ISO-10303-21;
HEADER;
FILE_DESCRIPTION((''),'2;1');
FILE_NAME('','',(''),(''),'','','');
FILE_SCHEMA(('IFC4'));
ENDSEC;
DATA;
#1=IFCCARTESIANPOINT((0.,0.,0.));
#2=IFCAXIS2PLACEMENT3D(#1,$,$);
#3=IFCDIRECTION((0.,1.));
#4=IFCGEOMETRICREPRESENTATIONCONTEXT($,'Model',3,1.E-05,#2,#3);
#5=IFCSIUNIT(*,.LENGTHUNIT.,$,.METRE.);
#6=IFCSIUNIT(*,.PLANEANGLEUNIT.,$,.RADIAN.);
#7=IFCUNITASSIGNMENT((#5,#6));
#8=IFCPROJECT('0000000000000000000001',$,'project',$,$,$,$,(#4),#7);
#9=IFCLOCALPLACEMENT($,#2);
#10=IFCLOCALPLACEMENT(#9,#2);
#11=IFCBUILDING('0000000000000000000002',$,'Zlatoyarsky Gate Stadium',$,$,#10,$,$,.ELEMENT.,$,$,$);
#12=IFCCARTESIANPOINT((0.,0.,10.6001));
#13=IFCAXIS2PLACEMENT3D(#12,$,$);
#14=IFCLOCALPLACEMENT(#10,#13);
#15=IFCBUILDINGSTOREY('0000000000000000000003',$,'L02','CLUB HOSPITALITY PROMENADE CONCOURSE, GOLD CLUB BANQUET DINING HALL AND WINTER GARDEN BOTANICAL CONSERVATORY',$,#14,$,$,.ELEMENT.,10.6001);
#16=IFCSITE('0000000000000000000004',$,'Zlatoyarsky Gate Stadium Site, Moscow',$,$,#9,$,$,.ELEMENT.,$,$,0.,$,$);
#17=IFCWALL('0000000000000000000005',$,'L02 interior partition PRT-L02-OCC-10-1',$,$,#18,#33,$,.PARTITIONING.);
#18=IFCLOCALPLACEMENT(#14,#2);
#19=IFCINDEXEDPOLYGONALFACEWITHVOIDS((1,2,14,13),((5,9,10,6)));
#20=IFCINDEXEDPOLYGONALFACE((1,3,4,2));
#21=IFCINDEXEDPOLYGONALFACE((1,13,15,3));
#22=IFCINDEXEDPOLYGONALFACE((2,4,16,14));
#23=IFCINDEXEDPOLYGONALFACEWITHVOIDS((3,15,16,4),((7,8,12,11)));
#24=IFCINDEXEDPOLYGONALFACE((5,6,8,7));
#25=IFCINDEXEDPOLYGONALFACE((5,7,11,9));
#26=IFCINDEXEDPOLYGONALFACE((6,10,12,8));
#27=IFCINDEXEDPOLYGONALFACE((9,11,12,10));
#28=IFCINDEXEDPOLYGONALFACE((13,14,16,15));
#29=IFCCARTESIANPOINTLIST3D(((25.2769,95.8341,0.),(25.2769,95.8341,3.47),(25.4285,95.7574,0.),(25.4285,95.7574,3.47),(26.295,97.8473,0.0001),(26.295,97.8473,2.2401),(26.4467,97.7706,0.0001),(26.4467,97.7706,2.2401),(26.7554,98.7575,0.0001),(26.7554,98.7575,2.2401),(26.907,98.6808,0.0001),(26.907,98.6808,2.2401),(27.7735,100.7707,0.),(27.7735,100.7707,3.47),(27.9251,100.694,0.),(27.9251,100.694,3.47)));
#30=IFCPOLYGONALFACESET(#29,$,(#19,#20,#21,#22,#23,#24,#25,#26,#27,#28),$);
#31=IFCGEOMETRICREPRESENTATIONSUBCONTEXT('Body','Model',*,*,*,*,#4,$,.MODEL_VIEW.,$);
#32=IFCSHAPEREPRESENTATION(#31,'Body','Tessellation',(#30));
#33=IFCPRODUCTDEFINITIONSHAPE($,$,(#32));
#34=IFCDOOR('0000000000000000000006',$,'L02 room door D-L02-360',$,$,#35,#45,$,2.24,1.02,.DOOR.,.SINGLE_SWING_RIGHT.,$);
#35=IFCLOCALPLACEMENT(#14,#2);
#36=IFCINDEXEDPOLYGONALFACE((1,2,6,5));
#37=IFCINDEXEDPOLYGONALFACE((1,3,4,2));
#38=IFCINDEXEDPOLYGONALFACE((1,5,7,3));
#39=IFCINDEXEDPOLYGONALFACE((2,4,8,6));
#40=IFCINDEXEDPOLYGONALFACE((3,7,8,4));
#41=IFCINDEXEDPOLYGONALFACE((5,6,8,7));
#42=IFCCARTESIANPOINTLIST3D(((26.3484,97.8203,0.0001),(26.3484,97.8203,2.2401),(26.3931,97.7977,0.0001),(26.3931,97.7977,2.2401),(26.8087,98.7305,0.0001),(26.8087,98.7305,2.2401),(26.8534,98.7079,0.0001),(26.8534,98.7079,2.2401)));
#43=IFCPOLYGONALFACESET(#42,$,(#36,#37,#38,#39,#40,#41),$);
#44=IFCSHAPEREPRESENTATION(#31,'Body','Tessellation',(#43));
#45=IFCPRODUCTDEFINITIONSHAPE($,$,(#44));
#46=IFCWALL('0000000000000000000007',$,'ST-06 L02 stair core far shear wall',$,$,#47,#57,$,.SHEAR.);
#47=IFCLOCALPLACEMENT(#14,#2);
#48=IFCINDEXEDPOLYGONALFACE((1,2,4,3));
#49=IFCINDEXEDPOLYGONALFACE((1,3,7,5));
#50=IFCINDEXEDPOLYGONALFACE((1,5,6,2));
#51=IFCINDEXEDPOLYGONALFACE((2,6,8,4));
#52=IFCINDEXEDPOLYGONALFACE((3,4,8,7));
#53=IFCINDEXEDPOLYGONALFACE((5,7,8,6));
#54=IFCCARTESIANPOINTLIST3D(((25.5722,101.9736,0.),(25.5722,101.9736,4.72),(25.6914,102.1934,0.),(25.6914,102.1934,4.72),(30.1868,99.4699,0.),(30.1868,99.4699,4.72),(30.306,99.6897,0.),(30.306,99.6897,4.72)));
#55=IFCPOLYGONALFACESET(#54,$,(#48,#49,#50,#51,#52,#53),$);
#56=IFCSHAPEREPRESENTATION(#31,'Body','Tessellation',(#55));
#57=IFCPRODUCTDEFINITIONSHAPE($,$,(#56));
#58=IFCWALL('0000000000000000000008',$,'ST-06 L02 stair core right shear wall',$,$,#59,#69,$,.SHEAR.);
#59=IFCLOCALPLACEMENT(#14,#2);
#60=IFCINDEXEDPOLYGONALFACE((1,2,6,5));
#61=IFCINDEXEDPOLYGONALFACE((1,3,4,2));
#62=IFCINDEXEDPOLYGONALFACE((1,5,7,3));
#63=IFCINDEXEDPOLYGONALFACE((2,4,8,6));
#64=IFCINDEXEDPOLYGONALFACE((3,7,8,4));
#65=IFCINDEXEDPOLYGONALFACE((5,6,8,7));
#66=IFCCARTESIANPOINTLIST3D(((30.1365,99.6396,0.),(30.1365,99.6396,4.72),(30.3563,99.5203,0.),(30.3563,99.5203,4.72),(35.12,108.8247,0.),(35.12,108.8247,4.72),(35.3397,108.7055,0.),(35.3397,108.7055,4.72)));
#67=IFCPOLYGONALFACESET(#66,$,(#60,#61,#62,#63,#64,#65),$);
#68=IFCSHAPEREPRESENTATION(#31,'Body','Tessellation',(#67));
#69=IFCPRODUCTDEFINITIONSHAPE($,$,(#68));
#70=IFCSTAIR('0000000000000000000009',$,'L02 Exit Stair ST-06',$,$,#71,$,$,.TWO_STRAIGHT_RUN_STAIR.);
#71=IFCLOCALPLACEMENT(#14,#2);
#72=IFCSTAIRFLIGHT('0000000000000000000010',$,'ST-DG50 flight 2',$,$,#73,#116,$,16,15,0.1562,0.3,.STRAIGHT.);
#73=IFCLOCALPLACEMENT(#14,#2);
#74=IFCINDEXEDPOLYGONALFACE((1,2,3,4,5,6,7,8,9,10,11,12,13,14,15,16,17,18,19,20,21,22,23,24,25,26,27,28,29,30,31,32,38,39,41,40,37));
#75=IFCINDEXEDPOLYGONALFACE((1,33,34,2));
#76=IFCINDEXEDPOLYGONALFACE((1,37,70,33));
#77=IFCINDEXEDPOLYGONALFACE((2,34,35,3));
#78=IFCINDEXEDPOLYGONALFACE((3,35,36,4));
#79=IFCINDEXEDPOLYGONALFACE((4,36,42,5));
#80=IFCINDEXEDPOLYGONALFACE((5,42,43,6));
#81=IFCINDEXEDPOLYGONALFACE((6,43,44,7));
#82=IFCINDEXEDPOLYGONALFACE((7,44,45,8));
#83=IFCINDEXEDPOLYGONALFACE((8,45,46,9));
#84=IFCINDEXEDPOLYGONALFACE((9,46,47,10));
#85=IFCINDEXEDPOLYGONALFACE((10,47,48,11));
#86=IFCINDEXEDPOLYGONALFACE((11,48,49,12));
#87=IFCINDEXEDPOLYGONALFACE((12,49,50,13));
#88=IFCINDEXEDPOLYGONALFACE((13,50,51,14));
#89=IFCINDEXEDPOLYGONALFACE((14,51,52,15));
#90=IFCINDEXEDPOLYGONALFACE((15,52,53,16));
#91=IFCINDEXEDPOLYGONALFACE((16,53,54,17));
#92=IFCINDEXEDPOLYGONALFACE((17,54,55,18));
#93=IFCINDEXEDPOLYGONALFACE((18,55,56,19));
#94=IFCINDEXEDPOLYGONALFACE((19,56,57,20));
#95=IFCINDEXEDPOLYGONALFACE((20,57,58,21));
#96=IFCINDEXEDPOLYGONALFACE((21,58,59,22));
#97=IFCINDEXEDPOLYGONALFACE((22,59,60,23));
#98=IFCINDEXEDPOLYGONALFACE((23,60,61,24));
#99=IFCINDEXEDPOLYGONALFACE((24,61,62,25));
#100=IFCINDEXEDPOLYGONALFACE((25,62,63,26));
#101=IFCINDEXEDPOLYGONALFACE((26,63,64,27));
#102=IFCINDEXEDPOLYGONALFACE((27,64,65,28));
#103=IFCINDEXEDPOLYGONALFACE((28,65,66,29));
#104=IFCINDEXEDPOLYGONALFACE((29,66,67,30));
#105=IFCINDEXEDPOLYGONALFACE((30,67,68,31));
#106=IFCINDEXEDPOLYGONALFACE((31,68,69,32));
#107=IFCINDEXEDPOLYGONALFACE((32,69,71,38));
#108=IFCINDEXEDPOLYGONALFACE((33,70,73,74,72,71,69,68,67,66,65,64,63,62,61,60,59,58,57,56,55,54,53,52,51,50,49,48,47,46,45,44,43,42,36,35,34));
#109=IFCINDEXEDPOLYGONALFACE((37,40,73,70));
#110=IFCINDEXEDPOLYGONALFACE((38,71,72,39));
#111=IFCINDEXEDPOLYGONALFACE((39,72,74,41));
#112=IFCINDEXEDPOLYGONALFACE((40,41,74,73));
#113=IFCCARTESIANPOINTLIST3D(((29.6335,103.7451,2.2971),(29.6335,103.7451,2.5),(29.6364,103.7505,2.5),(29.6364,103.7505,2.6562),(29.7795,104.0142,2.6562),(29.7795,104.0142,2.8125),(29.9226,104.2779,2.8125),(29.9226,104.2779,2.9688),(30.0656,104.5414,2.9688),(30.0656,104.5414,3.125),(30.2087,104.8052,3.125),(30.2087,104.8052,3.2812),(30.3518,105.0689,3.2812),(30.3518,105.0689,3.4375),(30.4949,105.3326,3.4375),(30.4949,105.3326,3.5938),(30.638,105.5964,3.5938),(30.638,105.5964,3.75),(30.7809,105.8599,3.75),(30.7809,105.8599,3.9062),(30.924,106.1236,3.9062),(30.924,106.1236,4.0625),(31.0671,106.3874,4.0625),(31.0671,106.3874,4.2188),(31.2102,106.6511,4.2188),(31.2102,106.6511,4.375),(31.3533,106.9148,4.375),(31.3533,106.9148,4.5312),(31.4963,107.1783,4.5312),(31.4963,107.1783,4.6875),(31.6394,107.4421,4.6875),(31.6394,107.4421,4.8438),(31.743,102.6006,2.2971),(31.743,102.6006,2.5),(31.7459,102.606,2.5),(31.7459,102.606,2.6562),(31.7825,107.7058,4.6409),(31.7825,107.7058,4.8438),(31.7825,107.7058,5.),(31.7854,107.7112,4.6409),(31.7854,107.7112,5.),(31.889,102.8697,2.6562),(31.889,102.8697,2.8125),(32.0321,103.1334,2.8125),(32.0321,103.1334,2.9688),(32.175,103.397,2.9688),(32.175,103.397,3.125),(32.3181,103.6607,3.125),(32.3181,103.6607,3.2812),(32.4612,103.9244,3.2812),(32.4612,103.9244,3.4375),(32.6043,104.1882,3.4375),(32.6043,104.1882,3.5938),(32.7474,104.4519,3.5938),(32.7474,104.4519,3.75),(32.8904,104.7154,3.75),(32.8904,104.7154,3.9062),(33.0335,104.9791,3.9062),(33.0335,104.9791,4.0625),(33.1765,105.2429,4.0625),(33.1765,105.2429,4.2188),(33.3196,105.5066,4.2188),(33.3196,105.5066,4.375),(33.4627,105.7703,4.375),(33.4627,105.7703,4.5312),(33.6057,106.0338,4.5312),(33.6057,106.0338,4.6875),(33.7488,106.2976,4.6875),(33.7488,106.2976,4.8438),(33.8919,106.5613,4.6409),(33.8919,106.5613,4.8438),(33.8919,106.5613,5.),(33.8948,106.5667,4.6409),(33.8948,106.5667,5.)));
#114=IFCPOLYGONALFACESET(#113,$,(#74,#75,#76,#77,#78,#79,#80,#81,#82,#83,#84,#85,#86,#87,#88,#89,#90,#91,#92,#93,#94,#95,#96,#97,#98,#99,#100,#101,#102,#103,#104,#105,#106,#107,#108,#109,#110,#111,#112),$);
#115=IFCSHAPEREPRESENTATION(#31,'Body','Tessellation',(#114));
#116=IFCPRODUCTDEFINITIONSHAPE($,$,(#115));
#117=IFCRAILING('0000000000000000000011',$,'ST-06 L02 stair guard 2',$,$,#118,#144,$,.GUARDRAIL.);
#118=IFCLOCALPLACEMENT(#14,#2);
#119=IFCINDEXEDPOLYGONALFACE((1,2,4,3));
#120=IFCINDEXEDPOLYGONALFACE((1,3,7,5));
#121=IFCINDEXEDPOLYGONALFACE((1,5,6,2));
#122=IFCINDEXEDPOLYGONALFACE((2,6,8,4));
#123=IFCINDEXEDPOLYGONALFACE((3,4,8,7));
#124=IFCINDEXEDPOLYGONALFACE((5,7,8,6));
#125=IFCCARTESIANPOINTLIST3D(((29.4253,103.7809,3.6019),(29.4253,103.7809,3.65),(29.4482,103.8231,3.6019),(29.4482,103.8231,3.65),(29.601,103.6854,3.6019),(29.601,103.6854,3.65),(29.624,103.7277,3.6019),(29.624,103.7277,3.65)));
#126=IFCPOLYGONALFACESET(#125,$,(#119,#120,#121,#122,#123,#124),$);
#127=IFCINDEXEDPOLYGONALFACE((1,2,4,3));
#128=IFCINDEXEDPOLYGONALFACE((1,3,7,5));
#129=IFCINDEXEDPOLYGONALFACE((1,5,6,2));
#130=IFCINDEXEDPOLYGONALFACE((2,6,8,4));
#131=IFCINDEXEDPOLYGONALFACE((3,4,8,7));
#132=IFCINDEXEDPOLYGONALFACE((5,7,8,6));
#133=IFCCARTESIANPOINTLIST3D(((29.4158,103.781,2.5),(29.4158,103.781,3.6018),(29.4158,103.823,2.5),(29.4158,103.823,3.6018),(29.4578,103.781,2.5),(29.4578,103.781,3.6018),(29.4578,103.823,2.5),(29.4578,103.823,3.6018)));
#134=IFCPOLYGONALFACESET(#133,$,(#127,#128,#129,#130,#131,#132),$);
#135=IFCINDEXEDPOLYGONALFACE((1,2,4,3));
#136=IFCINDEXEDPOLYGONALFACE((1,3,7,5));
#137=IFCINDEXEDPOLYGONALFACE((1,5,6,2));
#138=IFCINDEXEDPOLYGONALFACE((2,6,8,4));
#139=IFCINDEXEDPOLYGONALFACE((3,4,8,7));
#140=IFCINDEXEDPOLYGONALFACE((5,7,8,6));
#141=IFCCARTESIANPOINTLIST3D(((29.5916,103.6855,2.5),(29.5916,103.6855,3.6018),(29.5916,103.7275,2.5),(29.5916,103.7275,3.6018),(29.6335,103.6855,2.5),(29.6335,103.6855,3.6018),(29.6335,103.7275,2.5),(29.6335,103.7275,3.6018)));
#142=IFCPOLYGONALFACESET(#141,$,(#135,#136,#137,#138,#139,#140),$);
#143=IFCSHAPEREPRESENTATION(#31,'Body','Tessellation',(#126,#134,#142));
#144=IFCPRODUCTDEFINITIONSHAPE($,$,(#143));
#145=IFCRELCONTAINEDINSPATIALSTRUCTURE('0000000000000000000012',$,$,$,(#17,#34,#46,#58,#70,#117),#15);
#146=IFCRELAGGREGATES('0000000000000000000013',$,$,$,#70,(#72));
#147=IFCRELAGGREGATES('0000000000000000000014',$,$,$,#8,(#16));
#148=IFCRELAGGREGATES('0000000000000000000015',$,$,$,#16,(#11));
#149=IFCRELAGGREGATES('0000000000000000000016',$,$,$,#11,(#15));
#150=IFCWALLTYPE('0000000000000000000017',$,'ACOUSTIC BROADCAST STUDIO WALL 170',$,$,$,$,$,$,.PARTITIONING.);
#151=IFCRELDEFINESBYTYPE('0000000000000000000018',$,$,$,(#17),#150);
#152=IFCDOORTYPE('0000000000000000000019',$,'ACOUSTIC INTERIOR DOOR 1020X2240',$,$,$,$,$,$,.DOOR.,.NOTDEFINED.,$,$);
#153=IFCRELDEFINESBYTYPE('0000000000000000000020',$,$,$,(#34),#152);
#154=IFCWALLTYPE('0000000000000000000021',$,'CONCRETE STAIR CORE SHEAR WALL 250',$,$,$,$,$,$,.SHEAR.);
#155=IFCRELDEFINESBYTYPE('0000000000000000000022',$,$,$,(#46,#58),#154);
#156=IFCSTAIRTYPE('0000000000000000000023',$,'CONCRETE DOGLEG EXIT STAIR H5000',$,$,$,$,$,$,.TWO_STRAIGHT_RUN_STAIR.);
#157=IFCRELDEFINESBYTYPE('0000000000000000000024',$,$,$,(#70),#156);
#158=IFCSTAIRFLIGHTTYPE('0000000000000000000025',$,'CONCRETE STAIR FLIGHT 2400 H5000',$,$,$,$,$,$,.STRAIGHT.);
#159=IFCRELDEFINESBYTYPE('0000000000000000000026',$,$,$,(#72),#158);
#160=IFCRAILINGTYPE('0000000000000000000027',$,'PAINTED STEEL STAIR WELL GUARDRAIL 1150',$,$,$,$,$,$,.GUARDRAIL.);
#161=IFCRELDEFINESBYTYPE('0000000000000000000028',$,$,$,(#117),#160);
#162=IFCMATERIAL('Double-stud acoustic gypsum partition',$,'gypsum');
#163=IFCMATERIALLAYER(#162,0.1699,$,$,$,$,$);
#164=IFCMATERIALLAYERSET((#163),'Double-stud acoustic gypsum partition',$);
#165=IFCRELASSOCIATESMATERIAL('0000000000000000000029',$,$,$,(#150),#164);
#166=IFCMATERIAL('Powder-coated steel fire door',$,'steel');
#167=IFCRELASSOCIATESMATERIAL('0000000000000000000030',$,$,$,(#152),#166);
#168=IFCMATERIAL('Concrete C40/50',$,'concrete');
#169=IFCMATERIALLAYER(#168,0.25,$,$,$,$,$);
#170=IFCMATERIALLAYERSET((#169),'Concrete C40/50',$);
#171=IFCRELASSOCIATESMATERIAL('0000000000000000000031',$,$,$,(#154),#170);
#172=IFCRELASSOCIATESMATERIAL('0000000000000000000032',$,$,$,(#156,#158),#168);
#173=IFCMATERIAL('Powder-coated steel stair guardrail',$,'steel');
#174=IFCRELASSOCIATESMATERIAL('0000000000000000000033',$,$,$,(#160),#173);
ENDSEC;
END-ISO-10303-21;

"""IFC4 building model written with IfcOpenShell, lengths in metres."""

from ifc_helpers import new_model, si_unit, direction, frame, frame_2d, origin, origin_2d, place, context, subcontext, project, spatial, polyline, rectangle, outline, extrude, material, layer, layer_set, type_object, element, fill, aggregate, save


model = new_model("IFC4")

# Units and contexts
model_context = context("Model", 3, precision=1e-05, world=origin(), true_north=direction((0.0, 1.0)))
body_context = subcontext(model_context, "Body", "Model", "MODEL_VIEW")
ifc_project = project(units=[si_unit("LENGTHUNIT", "METRE"), si_unit("PLANEANGLEUNIT", "RADIAN")], contexts=[model_context])

# Site, building, storey
site_placement = place(None, origin())
site = spatial("IfcSite", under=ifc_project, at=site_placement, Name="Zlatoyarsky Gate Stadium Site, Moscow", CompositionType="ELEMENT", RefElevation=0.0)
building_placement = place(site_placement, origin())
building = spatial("IfcBuilding", under=site, at=building_placement, Name="Zlatoyarsky Gate Stadium", CompositionType="ELEMENT")
storey_placement = place(building_placement, frame((0.0, 0.0, 10.6001)))
storey = spatial("IfcBuildingStorey", under=building, at=storey_placement, Name="L02", Description="CLUB HOSPITALITY PROMENADE CONCOURSE, GOLD CLUB BANQUET DINING HALL AND WINTER GARDEN BOTANICAL CONSERVATORY", CompositionType="ELEMENT", Elevation=10.6001)

# Wall, opening, door
ifc_material_1 = material(Name="Double-stud acoustic gypsum partition", Category="gypsum")
ifc_layer_1 = layer(ifc_material_1, 0.1699)
ifc_layer_set_1 = layer_set([ifc_layer_1], Name="Double-stud acoustic gypsum partition")
wall_type_1 = type_object("IfcWallType", Name="ACOUSTIC BROADCAST STUDIO WALL 170", PredefinedType="PARTITIONING", material=ifc_layer_set_1)
wall_1_placement = place(storey_placement, frame((27.8494, 100.7324, 0.0), z_axis=(0.0, 0.0, 1.0), x_axis=(-0.451304, -0.89237, 0.0)))
wall_1 = element("IfcWall", 1, at=wall_1_placement, inside=storey, type_object=wall_type_1, Name="L02 interior partition PRT-L02-OCC-10-1", PredefinedType="PARTITIONING", context=body_context, shape_type="SweptSolid", body=[
    extrude(rectangle(XDim=5.532, YDim=0.1699, at=frame_2d((2.7661, 0.0))), origin(), (0.0, 0.0, 1.0), 3.47),
])
opening_placement = place(wall_1_placement, frame((2.2561, 0.0, 0.0)))
opening = element("IfcOpeningElement", 2, at=opening_placement, cuts=wall_1, PredefinedType="OPENING", context=body_context, shape_type="SweptSolid", body=[
    extrude(rectangle(XDim=1.02, YDim=2.24, at=frame_2d((0.51, 1.1201))), frame((0.0, 0.095, 0.0), z_axis=(0.0, -1.0, 0.0), x_axis=(1.0, 0.0, 0.0)), (0.0, 0.0, 1.0), 0.1899),
])
ifc_material_2 = material(Name="Powder-coated steel fire door", Category="steel")
door_type = type_object("IfcDoorType", Name="ACOUSTIC INTERIOR DOOR 1020X2240", OperationType="NOTDEFINED", PredefinedType="DOOR", material=ifc_material_2)
door_placement = place(opening_placement, origin())
door = element("IfcDoor", 3, at=door_placement, inside=storey, type_object=door_type, Name="L02 room door D-L02-360", OperationType="SINGLE_SWING_RIGHT", OverallHeight=2.24, OverallWidth=1.02, PredefinedType="DOOR", context=body_context, shape_type="SweptSolid", body=[
    extrude(rectangle(XDim=1.02, YDim=2.24, at=frame_2d((0.51, 1.1201))), frame((0.0, 0.0249, 0.0), z_axis=(0.0, -1.0, 0.0), x_axis=(1.0, 0.0, 0.0)), (0.0, 0.0, 1.0), 0.05),
])
fill(opening, door)

# Walls
ifc_material_3 = material(Name="Concrete C40/50", Category="concrete")
ifc_layer_2 = layer(ifc_material_3, 0.25)
ifc_layer_set_2 = layer_set([ifc_layer_2], Name="Concrete C40/50")
wall_type_2 = type_object("IfcWallType", Name="CONCRETE STAIR CORE SHEAR WALL 250", PredefinedType="SHEAR", material=ifc_layer_set_2)
wall_2_placement = place(storey_placement, frame((25.6318, 102.0835, 0.0), z_axis=(0.0, 0.0, 1.0), x_axis=(0.878961, -0.476893, 0.0)))
element("IfcWall", 4, at=wall_2_placement, inside=storey, type_object=wall_type_2, Name="ST-06 L02 stair core far shear wall", PredefinedType="SHEAR", context=body_context, shape_type="SweptSolid", body=[
    extrude(rectangle(XDim=5.25, YDim=0.25, at=frame_2d((2.625, 0.0))), origin(), (0.0, 0.0, 1.0), 4.72),
])
wall_3_placement = place(storey_placement, frame((30.2463, 99.5798, 0.0), z_axis=(0.0, 0.0, 1.0), x_axis=(0.476887, 0.878965, 0.0)))
element("IfcWall", 5, at=wall_3_placement, inside=storey, type_object=wall_type_2, Name="ST-06 L02 stair core right shear wall", PredefinedType="SHEAR", context=body_context, shape_type="SweptSolid", body=[
    extrude(rectangle(XDim=10.45, YDim=0.25, at=frame_2d((5.2251, 0.0))), origin(), (0.0, 0.0, 1.0), 4.72),
])

# Stair, stair flight
stair_type = type_object("IfcStairType", Name="CONCRETE DOGLEG EXIT STAIR H5000", PredefinedType="TWO_STRAIGHT_RUN_STAIR", material=ifc_material_3)
stair_placement = place(storey_placement, origin())
stair = element("IfcStair", 6, at=stair_placement, inside=storey, type_object=stair_type, Name="L02 Exit Stair ST-06", PredefinedType="TWO_STRAIGHT_RUN_STAIR")
stair_flight_type = type_object("IfcStairFlightType", Name="CONCRETE STAIR FLIGHT 2400 H5000", PredefinedType="STRAIGHT", material=ifc_material_3)
stair_flight_placement = place(storey_placement, frame((30.6912, 103.1782, 2.5), z_axis=(0.0, 0.0, 1.0), x_axis=(0.47689, 0.878963, 0.0)))
stair_flight = element("IfcStairFlight", 7, at=stair_flight_placement, type_object=stair_flight_type, Name="ST-DG50 flight 2", NumberOfRisers=16, NumberOfTreads=15, PredefinedType="STRAIGHT", RiserHeight=0.1562, TreadLength=0.3, context=body_context, shape_type="SweptSolid", body=[
    extrude(outline(polyline([(-0.0061, -0.2029), (-0.0061, 0.0), (0.0, 0.0), (0.0, 0.1562), (0.3, 0.1562), (0.3, 0.3125), (0.6001, 0.3125), (0.6001, 0.4688), (0.8999, 0.4688), (0.8999, 0.625), (1.2, 0.625), (1.2, 0.7812), (1.5, 0.7812), (1.5, 0.9375), (1.8, 0.9375), (1.8, 1.0938), (2.1001, 1.0938), (2.1001, 1.25), (2.3999, 1.25), (2.3999, 1.4062), (2.7, 1.4062), (2.7, 1.5625), (3.0, 1.5625), (3.0, 1.7188), (3.3, 1.7188), (3.3, 1.875), (3.6001, 1.875), (3.6001, 2.0312), (3.8999, 2.0312), (3.8999, 2.1875), (4.2, 2.1875), (4.2, 2.3438), (4.5, 2.3438), (4.5, 2.5), (4.5061, 2.5), (4.5061, 2.1409), (4.5, 2.1409), (-0.0061, -0.2029)])), frame((0.0, 1.2, 0.0), z_axis=(0.0, -1.0, 0.0), x_axis=(1.0, 0.0, 0.0)), (0.0, 0.0, 1.0), 2.3999),
])
aggregate(stair, [stair_flight])

# Railing
ifc_material_4 = material(Name="Powder-coated steel stair guardrail", Category="steel")
railing_type_1 = type_object("IfcRailingType", Name="PAINTED STEEL STAIR WELL GUARDRAIL 1150", PredefinedType="GUARDRAIL", material=ifc_material_4)
railing_1_placement = place(storey_placement, frame((29.4368, 103.802, 2.5)))
element("IfcRailing", 8, at=railing_1_placement, inside=storey, type_object=railing_type_1, Name="ST-06 L02 stair guard 2", PredefinedType="GUARDRAIL", context=body_context, shape_type="SweptSolid", body=[
    extrude(rectangle(XDim=0.0481, YDim=0.0481, at=origin_2d()), frame((0.0, 0.0, 1.126), z_axis=(0.87878, -0.477227, 0.0), x_axis=(0.477227, 0.87878, 0.0)), (0.0, 0.0, 1.0), 0.2),
    extrude(rectangle(XDim=0.042, YDim=0.042, at=origin_2d()), origin(), (0.0, 0.0, 1.0), 1.1018),
    extrude(rectangle(XDim=0.042, YDim=0.042, at=origin_2d()), frame((0.1758, -0.0955, 0.0)), (0.0, 0.0, 1.0), 1.1018),
])

save(model, "model.ifc")
